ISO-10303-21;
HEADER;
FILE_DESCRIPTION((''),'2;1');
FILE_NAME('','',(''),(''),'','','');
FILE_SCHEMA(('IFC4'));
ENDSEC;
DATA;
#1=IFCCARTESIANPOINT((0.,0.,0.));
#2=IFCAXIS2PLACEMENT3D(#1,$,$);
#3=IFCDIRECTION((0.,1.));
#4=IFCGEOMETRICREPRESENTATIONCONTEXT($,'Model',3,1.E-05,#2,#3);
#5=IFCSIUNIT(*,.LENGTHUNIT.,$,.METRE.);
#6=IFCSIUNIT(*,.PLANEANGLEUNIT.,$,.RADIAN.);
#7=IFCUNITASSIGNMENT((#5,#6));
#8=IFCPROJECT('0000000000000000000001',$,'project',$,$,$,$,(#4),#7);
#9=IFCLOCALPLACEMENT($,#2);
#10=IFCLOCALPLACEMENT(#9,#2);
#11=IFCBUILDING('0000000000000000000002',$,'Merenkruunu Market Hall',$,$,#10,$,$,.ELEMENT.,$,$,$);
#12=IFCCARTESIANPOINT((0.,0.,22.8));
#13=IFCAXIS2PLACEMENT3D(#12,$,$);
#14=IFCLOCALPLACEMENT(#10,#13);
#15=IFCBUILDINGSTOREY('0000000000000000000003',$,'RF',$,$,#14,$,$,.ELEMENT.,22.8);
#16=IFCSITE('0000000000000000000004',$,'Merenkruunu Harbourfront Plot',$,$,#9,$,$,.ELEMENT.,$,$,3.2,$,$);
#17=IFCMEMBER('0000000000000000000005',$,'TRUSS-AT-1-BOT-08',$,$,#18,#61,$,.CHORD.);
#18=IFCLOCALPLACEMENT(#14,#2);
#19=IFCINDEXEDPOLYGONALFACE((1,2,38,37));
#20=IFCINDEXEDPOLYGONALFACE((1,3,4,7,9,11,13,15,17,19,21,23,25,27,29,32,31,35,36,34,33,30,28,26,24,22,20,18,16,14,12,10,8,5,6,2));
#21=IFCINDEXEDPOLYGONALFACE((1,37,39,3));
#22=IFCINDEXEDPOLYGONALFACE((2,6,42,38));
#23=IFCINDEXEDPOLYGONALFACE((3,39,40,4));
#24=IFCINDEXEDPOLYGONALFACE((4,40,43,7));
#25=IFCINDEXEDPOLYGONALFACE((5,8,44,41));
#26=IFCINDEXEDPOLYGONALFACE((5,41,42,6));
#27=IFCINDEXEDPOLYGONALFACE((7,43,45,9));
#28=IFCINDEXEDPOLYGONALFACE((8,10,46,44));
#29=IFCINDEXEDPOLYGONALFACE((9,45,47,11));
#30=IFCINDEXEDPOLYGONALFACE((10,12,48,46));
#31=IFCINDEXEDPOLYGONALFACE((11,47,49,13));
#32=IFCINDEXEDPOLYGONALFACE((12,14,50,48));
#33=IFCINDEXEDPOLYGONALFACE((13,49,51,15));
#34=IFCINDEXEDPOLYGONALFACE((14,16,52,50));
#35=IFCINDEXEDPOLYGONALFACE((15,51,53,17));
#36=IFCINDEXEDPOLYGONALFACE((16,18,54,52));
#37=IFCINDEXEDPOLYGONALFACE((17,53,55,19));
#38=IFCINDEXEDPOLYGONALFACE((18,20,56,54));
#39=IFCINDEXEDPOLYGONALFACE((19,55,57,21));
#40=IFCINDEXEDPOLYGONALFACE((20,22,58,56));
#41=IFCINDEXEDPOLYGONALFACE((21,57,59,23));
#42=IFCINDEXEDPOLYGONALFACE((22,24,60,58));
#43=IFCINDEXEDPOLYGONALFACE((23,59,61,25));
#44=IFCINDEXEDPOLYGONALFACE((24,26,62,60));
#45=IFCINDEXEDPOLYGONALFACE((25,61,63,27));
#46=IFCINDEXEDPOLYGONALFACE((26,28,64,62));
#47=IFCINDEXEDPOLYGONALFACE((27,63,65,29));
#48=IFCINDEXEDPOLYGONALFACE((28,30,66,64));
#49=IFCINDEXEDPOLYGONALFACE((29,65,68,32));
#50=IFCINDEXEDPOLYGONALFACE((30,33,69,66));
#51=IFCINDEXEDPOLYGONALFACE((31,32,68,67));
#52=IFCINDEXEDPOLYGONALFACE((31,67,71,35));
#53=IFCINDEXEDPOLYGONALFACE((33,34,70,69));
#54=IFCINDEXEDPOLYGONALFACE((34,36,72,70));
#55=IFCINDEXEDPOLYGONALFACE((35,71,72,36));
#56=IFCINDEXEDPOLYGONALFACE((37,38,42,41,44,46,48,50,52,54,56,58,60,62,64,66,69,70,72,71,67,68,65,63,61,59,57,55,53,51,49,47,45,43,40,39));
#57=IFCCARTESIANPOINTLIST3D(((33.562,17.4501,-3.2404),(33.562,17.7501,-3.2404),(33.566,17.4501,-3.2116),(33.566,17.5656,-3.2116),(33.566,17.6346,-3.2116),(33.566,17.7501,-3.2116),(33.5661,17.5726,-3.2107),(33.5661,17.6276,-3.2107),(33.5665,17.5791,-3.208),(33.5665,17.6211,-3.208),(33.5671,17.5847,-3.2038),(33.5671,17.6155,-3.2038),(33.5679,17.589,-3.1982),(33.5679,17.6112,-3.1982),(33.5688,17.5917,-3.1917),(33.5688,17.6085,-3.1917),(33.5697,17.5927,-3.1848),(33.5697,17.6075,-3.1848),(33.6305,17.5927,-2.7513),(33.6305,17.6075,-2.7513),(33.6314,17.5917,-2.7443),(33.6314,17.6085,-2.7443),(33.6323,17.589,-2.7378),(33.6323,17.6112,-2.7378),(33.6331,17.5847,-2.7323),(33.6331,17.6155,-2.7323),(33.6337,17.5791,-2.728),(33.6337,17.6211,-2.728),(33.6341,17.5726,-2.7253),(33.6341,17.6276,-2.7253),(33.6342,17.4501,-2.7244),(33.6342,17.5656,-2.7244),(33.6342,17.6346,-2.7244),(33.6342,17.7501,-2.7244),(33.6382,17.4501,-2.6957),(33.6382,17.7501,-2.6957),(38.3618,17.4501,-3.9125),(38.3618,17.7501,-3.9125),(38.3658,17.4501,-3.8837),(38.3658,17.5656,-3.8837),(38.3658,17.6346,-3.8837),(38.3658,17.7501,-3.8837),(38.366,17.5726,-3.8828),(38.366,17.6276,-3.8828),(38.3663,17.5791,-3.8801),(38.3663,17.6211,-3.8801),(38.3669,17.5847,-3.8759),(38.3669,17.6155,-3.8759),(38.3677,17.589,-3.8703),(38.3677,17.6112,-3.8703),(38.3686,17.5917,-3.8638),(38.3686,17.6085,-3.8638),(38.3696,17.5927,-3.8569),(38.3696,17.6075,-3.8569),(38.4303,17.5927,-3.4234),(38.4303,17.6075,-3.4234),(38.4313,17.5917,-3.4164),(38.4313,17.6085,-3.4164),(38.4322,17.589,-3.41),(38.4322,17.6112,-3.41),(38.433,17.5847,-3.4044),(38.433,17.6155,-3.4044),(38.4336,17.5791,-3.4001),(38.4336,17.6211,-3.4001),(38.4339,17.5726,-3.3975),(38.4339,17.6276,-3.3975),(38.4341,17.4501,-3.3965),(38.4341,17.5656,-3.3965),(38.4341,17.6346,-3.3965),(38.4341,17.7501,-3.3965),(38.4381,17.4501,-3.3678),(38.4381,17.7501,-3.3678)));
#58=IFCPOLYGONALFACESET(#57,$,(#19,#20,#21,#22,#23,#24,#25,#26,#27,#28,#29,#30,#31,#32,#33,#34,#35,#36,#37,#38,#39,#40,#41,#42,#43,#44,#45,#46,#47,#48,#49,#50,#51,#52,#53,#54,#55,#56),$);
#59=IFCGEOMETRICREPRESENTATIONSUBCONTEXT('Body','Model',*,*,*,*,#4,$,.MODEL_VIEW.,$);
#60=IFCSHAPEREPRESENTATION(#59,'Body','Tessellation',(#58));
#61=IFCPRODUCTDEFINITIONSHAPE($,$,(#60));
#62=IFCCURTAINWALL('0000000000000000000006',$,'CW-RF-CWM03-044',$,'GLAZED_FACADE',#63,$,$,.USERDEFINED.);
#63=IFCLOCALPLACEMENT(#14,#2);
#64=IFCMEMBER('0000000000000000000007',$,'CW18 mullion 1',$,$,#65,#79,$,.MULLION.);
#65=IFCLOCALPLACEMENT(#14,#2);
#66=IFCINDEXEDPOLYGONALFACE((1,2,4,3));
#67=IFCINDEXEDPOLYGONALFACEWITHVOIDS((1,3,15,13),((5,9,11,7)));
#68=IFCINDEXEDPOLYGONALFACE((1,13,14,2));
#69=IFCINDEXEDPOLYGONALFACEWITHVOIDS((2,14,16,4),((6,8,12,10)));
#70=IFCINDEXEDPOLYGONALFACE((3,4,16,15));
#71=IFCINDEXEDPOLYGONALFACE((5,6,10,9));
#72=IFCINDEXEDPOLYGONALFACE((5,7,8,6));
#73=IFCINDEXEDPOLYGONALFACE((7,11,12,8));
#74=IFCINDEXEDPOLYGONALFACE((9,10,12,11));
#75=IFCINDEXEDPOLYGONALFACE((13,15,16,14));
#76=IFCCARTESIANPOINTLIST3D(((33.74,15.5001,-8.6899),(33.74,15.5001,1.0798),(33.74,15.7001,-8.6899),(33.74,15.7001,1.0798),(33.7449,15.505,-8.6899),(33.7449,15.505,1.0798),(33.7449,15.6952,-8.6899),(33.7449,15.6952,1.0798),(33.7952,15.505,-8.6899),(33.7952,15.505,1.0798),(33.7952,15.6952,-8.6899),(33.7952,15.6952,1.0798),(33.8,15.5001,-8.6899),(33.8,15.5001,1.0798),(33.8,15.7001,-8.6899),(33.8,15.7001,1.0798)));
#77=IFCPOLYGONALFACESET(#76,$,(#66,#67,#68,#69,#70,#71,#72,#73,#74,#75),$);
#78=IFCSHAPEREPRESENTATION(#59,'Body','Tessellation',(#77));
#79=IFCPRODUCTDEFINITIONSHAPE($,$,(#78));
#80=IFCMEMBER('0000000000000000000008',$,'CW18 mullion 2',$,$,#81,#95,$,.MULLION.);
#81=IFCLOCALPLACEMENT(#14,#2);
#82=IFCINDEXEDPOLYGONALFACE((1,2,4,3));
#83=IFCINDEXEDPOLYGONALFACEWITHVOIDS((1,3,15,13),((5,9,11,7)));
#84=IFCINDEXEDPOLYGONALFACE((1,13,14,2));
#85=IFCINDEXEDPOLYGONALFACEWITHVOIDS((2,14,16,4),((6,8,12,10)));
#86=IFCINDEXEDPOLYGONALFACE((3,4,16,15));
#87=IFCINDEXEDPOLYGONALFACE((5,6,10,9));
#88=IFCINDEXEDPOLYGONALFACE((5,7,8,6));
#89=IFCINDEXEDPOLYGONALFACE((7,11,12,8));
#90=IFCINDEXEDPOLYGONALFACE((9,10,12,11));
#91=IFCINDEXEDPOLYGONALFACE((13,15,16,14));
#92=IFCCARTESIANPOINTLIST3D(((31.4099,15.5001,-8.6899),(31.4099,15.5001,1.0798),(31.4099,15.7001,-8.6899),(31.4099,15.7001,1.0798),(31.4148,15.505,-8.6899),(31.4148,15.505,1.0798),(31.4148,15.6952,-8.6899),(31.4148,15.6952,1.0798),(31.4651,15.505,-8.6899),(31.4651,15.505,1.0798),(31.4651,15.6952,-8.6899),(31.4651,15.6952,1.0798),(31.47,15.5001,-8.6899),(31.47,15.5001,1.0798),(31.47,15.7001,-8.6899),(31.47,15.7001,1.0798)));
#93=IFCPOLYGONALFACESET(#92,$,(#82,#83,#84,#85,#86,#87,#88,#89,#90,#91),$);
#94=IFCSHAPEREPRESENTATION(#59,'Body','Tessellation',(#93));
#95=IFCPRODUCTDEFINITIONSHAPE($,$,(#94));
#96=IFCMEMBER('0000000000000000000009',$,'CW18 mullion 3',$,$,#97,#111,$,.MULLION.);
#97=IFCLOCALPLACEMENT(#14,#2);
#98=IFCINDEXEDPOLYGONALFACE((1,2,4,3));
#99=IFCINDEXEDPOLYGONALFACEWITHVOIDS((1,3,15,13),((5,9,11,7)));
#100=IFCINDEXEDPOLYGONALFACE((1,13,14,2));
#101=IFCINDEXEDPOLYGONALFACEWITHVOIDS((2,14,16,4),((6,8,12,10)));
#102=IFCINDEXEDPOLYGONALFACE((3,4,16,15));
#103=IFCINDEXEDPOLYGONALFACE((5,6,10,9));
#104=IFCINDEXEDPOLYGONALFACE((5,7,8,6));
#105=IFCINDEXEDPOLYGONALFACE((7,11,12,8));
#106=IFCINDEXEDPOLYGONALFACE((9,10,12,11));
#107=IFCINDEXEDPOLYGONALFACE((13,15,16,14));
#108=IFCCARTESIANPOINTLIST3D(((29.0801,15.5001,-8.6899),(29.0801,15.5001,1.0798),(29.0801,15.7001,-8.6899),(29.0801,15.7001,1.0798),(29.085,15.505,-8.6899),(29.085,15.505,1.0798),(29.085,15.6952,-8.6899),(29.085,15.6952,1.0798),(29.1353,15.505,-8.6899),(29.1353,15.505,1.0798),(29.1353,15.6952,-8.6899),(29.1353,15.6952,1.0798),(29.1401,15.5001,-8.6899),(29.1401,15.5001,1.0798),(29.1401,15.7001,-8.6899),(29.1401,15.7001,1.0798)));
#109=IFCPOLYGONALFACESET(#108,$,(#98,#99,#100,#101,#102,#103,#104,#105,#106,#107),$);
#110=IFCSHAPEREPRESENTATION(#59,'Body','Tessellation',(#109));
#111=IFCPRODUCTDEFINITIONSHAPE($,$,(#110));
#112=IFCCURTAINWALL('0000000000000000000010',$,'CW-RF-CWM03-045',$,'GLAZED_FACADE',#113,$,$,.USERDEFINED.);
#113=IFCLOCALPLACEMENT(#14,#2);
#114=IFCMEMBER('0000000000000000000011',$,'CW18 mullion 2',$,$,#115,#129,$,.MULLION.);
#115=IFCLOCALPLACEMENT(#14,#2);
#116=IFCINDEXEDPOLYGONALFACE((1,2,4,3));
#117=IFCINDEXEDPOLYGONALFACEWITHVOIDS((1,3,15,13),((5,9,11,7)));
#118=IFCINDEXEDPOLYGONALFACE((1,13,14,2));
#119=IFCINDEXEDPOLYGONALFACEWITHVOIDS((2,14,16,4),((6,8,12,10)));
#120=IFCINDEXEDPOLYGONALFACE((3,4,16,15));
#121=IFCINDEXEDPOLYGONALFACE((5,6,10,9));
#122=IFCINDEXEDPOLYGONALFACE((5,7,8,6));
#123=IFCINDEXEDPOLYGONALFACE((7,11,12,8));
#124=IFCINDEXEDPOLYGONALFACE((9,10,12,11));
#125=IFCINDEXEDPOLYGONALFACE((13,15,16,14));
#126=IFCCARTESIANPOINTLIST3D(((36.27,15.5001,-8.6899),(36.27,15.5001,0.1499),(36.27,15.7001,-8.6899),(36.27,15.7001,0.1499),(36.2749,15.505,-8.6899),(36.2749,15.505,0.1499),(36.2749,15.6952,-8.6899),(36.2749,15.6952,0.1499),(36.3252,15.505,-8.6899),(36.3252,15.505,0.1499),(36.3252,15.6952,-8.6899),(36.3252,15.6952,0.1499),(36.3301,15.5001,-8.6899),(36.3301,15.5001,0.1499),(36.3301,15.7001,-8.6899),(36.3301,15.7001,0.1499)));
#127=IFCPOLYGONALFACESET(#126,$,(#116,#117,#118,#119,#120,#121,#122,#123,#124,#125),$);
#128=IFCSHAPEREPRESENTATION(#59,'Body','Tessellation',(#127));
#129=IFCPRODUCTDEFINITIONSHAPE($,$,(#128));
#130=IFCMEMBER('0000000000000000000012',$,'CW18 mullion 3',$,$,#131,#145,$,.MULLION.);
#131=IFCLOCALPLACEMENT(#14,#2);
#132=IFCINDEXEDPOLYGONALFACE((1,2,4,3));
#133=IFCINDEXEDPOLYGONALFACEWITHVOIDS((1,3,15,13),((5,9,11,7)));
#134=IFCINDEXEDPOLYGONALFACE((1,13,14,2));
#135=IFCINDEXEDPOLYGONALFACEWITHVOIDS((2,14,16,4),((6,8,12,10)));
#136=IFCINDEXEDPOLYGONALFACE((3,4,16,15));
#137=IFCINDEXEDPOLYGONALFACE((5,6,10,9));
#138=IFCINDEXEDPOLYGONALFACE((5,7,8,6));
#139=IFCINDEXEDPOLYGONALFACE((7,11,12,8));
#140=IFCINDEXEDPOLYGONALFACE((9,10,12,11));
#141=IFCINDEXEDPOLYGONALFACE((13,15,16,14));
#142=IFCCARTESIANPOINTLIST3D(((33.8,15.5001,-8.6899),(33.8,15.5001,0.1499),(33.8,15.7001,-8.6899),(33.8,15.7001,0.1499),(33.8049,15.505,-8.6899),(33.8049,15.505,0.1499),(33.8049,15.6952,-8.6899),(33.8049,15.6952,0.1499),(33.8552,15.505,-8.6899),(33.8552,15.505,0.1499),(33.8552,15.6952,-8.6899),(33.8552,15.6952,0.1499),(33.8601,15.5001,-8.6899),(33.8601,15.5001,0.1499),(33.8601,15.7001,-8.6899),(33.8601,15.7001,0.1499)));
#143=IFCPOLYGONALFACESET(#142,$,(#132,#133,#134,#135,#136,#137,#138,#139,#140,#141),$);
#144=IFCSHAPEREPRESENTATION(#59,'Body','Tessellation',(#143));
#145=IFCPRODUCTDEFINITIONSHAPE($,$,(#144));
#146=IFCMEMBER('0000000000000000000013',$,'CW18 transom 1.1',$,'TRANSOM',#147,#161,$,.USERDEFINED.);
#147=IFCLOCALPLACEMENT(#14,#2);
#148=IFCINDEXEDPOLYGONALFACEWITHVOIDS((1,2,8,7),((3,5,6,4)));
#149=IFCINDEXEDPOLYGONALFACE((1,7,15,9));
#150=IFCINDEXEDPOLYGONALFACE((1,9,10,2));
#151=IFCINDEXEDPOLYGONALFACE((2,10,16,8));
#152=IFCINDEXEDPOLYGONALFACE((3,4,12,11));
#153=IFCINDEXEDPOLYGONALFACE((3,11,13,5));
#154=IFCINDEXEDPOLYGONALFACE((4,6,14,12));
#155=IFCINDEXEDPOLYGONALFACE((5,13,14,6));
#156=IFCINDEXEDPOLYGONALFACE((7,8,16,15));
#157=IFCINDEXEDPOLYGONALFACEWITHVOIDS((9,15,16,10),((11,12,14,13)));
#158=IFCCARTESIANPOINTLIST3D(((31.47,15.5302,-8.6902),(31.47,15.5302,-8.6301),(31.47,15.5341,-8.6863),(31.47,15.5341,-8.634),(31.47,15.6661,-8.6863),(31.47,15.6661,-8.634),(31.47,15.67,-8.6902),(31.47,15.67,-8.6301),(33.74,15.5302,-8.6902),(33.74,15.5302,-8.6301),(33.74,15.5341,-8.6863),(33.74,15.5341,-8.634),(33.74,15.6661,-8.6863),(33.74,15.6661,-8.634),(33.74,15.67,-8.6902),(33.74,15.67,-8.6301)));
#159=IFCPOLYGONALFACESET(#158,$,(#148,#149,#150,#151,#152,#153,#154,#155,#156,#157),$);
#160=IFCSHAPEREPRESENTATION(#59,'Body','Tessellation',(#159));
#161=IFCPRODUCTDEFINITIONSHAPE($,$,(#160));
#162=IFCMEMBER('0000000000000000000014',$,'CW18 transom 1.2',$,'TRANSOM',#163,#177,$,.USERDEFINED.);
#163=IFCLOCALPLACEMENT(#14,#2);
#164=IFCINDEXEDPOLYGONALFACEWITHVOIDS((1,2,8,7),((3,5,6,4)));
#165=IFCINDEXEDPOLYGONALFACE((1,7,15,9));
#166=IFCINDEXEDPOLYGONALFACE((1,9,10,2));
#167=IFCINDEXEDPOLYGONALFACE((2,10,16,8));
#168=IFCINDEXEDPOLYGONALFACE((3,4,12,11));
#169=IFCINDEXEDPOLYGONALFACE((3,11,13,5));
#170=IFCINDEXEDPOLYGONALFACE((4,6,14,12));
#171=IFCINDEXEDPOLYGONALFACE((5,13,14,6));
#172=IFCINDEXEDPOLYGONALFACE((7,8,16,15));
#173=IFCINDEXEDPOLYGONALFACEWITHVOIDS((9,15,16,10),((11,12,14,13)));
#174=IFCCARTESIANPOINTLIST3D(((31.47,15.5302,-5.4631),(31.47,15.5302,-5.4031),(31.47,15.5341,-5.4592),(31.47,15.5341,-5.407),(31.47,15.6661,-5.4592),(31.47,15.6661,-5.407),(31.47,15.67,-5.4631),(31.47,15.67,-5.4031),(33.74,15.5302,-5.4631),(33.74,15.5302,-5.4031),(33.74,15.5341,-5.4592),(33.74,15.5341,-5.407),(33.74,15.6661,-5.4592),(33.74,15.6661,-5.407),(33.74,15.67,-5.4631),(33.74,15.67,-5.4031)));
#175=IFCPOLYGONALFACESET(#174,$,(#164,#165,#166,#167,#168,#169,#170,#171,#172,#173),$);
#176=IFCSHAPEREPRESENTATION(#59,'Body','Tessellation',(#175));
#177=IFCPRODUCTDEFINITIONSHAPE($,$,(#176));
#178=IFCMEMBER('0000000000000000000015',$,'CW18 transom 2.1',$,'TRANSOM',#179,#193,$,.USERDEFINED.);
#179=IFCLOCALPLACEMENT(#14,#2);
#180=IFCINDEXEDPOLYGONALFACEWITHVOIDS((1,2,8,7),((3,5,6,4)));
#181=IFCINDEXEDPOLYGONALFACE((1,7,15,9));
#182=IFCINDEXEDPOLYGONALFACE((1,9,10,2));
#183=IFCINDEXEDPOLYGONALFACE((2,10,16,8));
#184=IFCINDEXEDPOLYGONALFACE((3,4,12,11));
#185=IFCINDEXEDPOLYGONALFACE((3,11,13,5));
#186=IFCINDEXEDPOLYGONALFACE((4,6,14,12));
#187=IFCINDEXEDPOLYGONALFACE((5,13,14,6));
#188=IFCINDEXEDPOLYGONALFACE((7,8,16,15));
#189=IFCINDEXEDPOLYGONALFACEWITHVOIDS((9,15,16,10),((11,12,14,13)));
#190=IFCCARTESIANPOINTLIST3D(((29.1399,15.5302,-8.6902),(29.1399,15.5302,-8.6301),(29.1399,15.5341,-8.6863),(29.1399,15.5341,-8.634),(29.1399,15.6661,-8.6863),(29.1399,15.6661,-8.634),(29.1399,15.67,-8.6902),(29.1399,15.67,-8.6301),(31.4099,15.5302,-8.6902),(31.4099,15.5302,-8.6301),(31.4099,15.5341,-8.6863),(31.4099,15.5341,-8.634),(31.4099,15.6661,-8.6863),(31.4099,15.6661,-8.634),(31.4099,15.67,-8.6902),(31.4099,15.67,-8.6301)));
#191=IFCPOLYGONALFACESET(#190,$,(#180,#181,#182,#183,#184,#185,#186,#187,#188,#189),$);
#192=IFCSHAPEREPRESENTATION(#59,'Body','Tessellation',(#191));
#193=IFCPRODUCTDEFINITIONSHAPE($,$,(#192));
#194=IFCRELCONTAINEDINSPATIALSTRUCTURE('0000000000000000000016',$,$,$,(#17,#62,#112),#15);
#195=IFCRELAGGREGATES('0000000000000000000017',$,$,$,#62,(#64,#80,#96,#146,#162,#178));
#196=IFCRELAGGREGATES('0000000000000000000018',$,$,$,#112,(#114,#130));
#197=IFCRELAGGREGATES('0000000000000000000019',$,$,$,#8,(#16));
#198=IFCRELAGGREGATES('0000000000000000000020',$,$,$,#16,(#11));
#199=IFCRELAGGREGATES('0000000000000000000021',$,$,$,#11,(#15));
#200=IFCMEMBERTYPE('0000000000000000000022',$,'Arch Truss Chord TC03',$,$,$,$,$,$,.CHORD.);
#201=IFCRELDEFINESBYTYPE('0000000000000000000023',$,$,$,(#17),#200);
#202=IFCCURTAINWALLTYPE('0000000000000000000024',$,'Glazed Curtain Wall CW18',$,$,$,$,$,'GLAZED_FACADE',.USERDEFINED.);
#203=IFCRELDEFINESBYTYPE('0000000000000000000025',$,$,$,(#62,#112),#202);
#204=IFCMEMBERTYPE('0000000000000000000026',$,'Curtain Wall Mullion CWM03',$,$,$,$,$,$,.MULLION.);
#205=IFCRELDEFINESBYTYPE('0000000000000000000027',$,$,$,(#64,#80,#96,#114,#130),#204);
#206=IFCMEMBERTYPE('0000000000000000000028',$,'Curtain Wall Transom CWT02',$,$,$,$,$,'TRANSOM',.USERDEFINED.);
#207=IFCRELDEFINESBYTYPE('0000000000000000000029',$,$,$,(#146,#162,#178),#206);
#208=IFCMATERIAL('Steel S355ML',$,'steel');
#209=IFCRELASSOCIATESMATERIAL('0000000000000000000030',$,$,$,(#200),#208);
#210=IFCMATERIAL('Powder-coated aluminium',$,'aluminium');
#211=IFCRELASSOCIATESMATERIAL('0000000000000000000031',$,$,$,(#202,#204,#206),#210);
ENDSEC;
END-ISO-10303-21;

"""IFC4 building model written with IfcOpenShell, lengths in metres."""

from ifc_helpers import new_model, si_unit, direction, frame, origin, origin_2d, place, context, subcontext, project, spatial, hollow_rectangle, i_section, extrude, material, material_profile, profile_set, type_object, element, aggregate, save


model = new_model("IFC4")

# Units and contexts
model_context = context("Model", 3, precision=1e-05, world=origin(), true_north=direction((0.0, 1.0)))
body_context = subcontext(model_context, "Body", "Model", "MODEL_VIEW")
ifc_project = project(units=[si_unit("LENGTHUNIT", "METRE"), si_unit("PLANEANGLEUNIT", "RADIAN")], contexts=[model_context])

# Site, building, storey
site_placement = place(None, origin())
site = spatial("IfcSite", under=ifc_project, at=site_placement, Name="Merenkruunu Harbourfront Plot", CompositionType="ELEMENT", RefElevation=3.2)
building_placement = place(site_placement, origin())
building = spatial("IfcBuilding", under=site, at=building_placement, Name="Merenkruunu Market Hall", CompositionType="ELEMENT")
storey_placement = place(building_placement, frame((0.0, 0.0, 22.8)))
storey = spatial("IfcBuildingStorey", under=building, at=storey_placement, Name="RF", CompositionType="ELEMENT", Elevation=22.8)

# Member
ifc_material_1 = material(Name="Steel S355ML", Category="steel")
ifc_material_profile_1 = material_profile(ifc_material_1, i_section(OverallWidth=0.3, OverallDepth=0.55, WebThickness=0.0149, FlangeThickness=0.0291, FilletRadius=0.0271, at=origin_2d()), Name="HEB 550")
ifc_profile_set_1 = profile_set([ifc_material_profile_1], Name="Steel S355ML")
member_type_1 = type_object("IfcMemberType", Name="Arch Truss Chord TC03", PredefinedType="CHORD", material=ifc_profile_set_1)
member_1_placement = place(storey_placement, frame((33.6001, 17.6001, -2.968), z_axis=(0.990338, 0.0, -0.138677), x_axis=(0.0, 1.0, 0.0)))
element("IfcMember", 1, at=member_1_placement, inside=storey, type_object=member_type_1, Name="TRUSS-AT-1-BOT-08", PredefinedType="CHORD", context=body_context, shape_type="SweptSolid", body=[
    extrude(i_section(OverallWidth=0.3, OverallDepth=0.55, WebThickness=0.0149, FlangeThickness=0.0291, FilletRadius=0.0271, at=origin_2d()), origin(), (0.0, 0.0, 1.0), 4.8467),
])

# Curtain walls, members
ifc_material_2 = material(Name="Powder-coated aluminium", Category="aluminium")
curtain_wall_type = type_object("IfcCurtainWallType", Name="Glazed Curtain Wall CW18", ElementType="GLAZED_FACADE", PredefinedType="USERDEFINED", material=ifc_material_2)
curtain_wall_1_placement = place(storey_placement, origin())
curtain_wall_1 = element("IfcCurtainWall", 2, at=curtain_wall_1_placement, inside=storey, type_object=curtain_wall_type, Name="CW-RF-CWM03-044", ObjectType="GLAZED_FACADE", PredefinedType="USERDEFINED")
ifc_material_profile_2 = material_profile(ifc_material_2, hollow_rectangle(XDim=0.0601, YDim=0.2, WallThickness=0.0049, at=origin_2d()), Name="ALU 60x200x5")
ifc_profile_set_2 = profile_set([ifc_material_profile_2], Name="Powder-coated aluminium")
member_type_2 = type_object("IfcMemberType", Name="Curtain Wall Mullion CWM03", PredefinedType="MULLION", material=ifc_profile_set_2)
member_2_placement = place(storey_placement, frame((33.77, 15.6001, -8.6899), z_axis=(0.0, 0.0, 1.0), x_axis=(-1.0, 0.0, 0.0)))
member_2 = element("IfcMember", 3, at=member_2_placement, type_object=member_type_2, Name="CW18 mullion 1", PredefinedType="MULLION", context=body_context, shape_type="SweptSolid", body=[
    extrude(hollow_rectangle(XDim=0.0601, YDim=0.2, WallThickness=0.0049, at=origin_2d()), origin(), (0.0, 0.0, 1.0), 9.7698),
])
member_3_placement = place(storey_placement, frame((31.4399, 15.6001, -8.6899), z_axis=(0.0, 0.0, 1.0), x_axis=(-1.0, 0.0, 0.0)))
member_3 = element("IfcMember", 4, at=member_3_placement, type_object=member_type_2, Name="CW18 mullion 2", PredefinedType="MULLION", context=body_context, shape_type="SweptSolid", body=[
    extrude(hollow_rectangle(XDim=0.0601, YDim=0.2, WallThickness=0.0049, at=origin_2d()), origin(), (0.0, 0.0, 1.0), 9.7698),
])
member_4_placement = place(storey_placement, frame((29.1101, 15.6001, -8.6899), z_axis=(0.0, 0.0, 1.0), x_axis=(-1.0, 0.0, 0.0)))
member_4 = element("IfcMember", 5, at=member_4_placement, type_object=member_type_2, Name="CW18 mullion 3", PredefinedType="MULLION", context=body_context, shape_type="SweptSolid", body=[
    extrude(hollow_rectangle(XDim=0.0601, YDim=0.2, WallThickness=0.0049, at=origin_2d()), origin(), (0.0, 0.0, 1.0), 9.7698),
])
curtain_wall_2_placement = place(storey_placement, origin())
curtain_wall_2 = element("IfcCurtainWall", 6, at=curtain_wall_2_placement, inside=storey, type_object=curtain_wall_type, Name="CW-RF-CWM03-045", ObjectType="GLAZED_FACADE", PredefinedType="USERDEFINED")
member_5_placement = place(storey_placement, frame((36.3, 15.6001, -8.6899), z_axis=(0.0, 0.0, 1.0), x_axis=(-1.0, 0.0, 0.0)))
member_5 = element("IfcMember", 7, at=member_5_placement, type_object=member_type_2, Name="CW18 mullion 2", PredefinedType="MULLION", context=body_context, shape_type="SweptSolid", body=[
    extrude(hollow_rectangle(XDim=0.0601, YDim=0.2, WallThickness=0.0049, at=origin_2d()), origin(), (0.0, 0.0, 1.0), 8.8398),
])
member_6_placement = place(storey_placement, frame((33.8301, 15.6001, -8.6899), z_axis=(0.0, 0.0, 1.0), x_axis=(-1.0, 0.0, 0.0)))
member_6 = element("IfcMember", 8, at=member_6_placement, type_object=member_type_2, Name="CW18 mullion 3", PredefinedType="MULLION", context=body_context, shape_type="SweptSolid", body=[
    extrude(hollow_rectangle(XDim=0.0601, YDim=0.2, WallThickness=0.0049, at=origin_2d()), origin(), (0.0, 0.0, 1.0), 8.8398),
])

# Members
ifc_material_profile_3 = material_profile(ifc_material_2, hollow_rectangle(XDim=0.0601, YDim=0.1399, WallThickness=0.0039, at=origin_2d()), Name="ALU 60x140x4")
ifc_profile_set_3 = profile_set([ifc_material_profile_3], Name="Powder-coated aluminium")
member_type_3 = type_object("IfcMemberType", Name="Curtain Wall Transom CWT02", ElementType="TRANSOM", PredefinedType="USERDEFINED", material=ifc_profile_set_3)
member_7_placement = place(storey_placement, frame((33.74, 15.6001, -8.6602), z_axis=(-1.0, 0.0, 0.0), x_axis=(0.0, 0.0, 1.0)))
member_7 = element("IfcMember", 9, at=member_7_placement, type_object=member_type_3, Name="CW18 transom 1.1", ObjectType="TRANSOM", PredefinedType="USERDEFINED", context=body_context, shape_type="SweptSolid", body=[
    extrude(hollow_rectangle(XDim=0.0601, YDim=0.1399, WallThickness=0.0039, at=origin_2d()), origin(), (0.0, 0.0, 1.0), 2.27),
])
member_8_placement = place(storey_placement, frame((33.74, 15.6001, -5.4331), z_axis=(-1.0, 0.0, 0.0), x_axis=(0.0, 0.0, 1.0)))
member_8 = element("IfcMember", 10, at=member_8_placement, type_object=member_type_3, Name="CW18 transom 1.2", ObjectType="TRANSOM", PredefinedType="USERDEFINED", context=body_context, shape_type="SweptSolid", body=[
    extrude(hollow_rectangle(XDim=0.0601, YDim=0.1399, WallThickness=0.0039, at=origin_2d()), origin(), (0.0, 0.0, 1.0), 2.27),
])
member_9_placement = place(storey_placement, frame((31.4099, 15.6001, -8.6602), z_axis=(-1.0, 0.0, 0.0), x_axis=(0.0, 0.0, 1.0)))
member_9 = element("IfcMember", 11, at=member_9_placement, type_object=member_type_3, Name="CW18 transom 2.1", ObjectType="TRANSOM", PredefinedType="USERDEFINED", context=body_context, shape_type="SweptSolid", body=[
    extrude(hollow_rectangle(XDim=0.0601, YDim=0.1399, WallThickness=0.0039, at=origin_2d()), origin(), (0.0, 0.0, 1.0), 2.27),
])

aggregate(curtain_wall_1, [member_2, member_3, member_4, member_7, member_8, member_9])
aggregate(curtain_wall_2, [member_5, member_6])

save(model, "model.ifc")
